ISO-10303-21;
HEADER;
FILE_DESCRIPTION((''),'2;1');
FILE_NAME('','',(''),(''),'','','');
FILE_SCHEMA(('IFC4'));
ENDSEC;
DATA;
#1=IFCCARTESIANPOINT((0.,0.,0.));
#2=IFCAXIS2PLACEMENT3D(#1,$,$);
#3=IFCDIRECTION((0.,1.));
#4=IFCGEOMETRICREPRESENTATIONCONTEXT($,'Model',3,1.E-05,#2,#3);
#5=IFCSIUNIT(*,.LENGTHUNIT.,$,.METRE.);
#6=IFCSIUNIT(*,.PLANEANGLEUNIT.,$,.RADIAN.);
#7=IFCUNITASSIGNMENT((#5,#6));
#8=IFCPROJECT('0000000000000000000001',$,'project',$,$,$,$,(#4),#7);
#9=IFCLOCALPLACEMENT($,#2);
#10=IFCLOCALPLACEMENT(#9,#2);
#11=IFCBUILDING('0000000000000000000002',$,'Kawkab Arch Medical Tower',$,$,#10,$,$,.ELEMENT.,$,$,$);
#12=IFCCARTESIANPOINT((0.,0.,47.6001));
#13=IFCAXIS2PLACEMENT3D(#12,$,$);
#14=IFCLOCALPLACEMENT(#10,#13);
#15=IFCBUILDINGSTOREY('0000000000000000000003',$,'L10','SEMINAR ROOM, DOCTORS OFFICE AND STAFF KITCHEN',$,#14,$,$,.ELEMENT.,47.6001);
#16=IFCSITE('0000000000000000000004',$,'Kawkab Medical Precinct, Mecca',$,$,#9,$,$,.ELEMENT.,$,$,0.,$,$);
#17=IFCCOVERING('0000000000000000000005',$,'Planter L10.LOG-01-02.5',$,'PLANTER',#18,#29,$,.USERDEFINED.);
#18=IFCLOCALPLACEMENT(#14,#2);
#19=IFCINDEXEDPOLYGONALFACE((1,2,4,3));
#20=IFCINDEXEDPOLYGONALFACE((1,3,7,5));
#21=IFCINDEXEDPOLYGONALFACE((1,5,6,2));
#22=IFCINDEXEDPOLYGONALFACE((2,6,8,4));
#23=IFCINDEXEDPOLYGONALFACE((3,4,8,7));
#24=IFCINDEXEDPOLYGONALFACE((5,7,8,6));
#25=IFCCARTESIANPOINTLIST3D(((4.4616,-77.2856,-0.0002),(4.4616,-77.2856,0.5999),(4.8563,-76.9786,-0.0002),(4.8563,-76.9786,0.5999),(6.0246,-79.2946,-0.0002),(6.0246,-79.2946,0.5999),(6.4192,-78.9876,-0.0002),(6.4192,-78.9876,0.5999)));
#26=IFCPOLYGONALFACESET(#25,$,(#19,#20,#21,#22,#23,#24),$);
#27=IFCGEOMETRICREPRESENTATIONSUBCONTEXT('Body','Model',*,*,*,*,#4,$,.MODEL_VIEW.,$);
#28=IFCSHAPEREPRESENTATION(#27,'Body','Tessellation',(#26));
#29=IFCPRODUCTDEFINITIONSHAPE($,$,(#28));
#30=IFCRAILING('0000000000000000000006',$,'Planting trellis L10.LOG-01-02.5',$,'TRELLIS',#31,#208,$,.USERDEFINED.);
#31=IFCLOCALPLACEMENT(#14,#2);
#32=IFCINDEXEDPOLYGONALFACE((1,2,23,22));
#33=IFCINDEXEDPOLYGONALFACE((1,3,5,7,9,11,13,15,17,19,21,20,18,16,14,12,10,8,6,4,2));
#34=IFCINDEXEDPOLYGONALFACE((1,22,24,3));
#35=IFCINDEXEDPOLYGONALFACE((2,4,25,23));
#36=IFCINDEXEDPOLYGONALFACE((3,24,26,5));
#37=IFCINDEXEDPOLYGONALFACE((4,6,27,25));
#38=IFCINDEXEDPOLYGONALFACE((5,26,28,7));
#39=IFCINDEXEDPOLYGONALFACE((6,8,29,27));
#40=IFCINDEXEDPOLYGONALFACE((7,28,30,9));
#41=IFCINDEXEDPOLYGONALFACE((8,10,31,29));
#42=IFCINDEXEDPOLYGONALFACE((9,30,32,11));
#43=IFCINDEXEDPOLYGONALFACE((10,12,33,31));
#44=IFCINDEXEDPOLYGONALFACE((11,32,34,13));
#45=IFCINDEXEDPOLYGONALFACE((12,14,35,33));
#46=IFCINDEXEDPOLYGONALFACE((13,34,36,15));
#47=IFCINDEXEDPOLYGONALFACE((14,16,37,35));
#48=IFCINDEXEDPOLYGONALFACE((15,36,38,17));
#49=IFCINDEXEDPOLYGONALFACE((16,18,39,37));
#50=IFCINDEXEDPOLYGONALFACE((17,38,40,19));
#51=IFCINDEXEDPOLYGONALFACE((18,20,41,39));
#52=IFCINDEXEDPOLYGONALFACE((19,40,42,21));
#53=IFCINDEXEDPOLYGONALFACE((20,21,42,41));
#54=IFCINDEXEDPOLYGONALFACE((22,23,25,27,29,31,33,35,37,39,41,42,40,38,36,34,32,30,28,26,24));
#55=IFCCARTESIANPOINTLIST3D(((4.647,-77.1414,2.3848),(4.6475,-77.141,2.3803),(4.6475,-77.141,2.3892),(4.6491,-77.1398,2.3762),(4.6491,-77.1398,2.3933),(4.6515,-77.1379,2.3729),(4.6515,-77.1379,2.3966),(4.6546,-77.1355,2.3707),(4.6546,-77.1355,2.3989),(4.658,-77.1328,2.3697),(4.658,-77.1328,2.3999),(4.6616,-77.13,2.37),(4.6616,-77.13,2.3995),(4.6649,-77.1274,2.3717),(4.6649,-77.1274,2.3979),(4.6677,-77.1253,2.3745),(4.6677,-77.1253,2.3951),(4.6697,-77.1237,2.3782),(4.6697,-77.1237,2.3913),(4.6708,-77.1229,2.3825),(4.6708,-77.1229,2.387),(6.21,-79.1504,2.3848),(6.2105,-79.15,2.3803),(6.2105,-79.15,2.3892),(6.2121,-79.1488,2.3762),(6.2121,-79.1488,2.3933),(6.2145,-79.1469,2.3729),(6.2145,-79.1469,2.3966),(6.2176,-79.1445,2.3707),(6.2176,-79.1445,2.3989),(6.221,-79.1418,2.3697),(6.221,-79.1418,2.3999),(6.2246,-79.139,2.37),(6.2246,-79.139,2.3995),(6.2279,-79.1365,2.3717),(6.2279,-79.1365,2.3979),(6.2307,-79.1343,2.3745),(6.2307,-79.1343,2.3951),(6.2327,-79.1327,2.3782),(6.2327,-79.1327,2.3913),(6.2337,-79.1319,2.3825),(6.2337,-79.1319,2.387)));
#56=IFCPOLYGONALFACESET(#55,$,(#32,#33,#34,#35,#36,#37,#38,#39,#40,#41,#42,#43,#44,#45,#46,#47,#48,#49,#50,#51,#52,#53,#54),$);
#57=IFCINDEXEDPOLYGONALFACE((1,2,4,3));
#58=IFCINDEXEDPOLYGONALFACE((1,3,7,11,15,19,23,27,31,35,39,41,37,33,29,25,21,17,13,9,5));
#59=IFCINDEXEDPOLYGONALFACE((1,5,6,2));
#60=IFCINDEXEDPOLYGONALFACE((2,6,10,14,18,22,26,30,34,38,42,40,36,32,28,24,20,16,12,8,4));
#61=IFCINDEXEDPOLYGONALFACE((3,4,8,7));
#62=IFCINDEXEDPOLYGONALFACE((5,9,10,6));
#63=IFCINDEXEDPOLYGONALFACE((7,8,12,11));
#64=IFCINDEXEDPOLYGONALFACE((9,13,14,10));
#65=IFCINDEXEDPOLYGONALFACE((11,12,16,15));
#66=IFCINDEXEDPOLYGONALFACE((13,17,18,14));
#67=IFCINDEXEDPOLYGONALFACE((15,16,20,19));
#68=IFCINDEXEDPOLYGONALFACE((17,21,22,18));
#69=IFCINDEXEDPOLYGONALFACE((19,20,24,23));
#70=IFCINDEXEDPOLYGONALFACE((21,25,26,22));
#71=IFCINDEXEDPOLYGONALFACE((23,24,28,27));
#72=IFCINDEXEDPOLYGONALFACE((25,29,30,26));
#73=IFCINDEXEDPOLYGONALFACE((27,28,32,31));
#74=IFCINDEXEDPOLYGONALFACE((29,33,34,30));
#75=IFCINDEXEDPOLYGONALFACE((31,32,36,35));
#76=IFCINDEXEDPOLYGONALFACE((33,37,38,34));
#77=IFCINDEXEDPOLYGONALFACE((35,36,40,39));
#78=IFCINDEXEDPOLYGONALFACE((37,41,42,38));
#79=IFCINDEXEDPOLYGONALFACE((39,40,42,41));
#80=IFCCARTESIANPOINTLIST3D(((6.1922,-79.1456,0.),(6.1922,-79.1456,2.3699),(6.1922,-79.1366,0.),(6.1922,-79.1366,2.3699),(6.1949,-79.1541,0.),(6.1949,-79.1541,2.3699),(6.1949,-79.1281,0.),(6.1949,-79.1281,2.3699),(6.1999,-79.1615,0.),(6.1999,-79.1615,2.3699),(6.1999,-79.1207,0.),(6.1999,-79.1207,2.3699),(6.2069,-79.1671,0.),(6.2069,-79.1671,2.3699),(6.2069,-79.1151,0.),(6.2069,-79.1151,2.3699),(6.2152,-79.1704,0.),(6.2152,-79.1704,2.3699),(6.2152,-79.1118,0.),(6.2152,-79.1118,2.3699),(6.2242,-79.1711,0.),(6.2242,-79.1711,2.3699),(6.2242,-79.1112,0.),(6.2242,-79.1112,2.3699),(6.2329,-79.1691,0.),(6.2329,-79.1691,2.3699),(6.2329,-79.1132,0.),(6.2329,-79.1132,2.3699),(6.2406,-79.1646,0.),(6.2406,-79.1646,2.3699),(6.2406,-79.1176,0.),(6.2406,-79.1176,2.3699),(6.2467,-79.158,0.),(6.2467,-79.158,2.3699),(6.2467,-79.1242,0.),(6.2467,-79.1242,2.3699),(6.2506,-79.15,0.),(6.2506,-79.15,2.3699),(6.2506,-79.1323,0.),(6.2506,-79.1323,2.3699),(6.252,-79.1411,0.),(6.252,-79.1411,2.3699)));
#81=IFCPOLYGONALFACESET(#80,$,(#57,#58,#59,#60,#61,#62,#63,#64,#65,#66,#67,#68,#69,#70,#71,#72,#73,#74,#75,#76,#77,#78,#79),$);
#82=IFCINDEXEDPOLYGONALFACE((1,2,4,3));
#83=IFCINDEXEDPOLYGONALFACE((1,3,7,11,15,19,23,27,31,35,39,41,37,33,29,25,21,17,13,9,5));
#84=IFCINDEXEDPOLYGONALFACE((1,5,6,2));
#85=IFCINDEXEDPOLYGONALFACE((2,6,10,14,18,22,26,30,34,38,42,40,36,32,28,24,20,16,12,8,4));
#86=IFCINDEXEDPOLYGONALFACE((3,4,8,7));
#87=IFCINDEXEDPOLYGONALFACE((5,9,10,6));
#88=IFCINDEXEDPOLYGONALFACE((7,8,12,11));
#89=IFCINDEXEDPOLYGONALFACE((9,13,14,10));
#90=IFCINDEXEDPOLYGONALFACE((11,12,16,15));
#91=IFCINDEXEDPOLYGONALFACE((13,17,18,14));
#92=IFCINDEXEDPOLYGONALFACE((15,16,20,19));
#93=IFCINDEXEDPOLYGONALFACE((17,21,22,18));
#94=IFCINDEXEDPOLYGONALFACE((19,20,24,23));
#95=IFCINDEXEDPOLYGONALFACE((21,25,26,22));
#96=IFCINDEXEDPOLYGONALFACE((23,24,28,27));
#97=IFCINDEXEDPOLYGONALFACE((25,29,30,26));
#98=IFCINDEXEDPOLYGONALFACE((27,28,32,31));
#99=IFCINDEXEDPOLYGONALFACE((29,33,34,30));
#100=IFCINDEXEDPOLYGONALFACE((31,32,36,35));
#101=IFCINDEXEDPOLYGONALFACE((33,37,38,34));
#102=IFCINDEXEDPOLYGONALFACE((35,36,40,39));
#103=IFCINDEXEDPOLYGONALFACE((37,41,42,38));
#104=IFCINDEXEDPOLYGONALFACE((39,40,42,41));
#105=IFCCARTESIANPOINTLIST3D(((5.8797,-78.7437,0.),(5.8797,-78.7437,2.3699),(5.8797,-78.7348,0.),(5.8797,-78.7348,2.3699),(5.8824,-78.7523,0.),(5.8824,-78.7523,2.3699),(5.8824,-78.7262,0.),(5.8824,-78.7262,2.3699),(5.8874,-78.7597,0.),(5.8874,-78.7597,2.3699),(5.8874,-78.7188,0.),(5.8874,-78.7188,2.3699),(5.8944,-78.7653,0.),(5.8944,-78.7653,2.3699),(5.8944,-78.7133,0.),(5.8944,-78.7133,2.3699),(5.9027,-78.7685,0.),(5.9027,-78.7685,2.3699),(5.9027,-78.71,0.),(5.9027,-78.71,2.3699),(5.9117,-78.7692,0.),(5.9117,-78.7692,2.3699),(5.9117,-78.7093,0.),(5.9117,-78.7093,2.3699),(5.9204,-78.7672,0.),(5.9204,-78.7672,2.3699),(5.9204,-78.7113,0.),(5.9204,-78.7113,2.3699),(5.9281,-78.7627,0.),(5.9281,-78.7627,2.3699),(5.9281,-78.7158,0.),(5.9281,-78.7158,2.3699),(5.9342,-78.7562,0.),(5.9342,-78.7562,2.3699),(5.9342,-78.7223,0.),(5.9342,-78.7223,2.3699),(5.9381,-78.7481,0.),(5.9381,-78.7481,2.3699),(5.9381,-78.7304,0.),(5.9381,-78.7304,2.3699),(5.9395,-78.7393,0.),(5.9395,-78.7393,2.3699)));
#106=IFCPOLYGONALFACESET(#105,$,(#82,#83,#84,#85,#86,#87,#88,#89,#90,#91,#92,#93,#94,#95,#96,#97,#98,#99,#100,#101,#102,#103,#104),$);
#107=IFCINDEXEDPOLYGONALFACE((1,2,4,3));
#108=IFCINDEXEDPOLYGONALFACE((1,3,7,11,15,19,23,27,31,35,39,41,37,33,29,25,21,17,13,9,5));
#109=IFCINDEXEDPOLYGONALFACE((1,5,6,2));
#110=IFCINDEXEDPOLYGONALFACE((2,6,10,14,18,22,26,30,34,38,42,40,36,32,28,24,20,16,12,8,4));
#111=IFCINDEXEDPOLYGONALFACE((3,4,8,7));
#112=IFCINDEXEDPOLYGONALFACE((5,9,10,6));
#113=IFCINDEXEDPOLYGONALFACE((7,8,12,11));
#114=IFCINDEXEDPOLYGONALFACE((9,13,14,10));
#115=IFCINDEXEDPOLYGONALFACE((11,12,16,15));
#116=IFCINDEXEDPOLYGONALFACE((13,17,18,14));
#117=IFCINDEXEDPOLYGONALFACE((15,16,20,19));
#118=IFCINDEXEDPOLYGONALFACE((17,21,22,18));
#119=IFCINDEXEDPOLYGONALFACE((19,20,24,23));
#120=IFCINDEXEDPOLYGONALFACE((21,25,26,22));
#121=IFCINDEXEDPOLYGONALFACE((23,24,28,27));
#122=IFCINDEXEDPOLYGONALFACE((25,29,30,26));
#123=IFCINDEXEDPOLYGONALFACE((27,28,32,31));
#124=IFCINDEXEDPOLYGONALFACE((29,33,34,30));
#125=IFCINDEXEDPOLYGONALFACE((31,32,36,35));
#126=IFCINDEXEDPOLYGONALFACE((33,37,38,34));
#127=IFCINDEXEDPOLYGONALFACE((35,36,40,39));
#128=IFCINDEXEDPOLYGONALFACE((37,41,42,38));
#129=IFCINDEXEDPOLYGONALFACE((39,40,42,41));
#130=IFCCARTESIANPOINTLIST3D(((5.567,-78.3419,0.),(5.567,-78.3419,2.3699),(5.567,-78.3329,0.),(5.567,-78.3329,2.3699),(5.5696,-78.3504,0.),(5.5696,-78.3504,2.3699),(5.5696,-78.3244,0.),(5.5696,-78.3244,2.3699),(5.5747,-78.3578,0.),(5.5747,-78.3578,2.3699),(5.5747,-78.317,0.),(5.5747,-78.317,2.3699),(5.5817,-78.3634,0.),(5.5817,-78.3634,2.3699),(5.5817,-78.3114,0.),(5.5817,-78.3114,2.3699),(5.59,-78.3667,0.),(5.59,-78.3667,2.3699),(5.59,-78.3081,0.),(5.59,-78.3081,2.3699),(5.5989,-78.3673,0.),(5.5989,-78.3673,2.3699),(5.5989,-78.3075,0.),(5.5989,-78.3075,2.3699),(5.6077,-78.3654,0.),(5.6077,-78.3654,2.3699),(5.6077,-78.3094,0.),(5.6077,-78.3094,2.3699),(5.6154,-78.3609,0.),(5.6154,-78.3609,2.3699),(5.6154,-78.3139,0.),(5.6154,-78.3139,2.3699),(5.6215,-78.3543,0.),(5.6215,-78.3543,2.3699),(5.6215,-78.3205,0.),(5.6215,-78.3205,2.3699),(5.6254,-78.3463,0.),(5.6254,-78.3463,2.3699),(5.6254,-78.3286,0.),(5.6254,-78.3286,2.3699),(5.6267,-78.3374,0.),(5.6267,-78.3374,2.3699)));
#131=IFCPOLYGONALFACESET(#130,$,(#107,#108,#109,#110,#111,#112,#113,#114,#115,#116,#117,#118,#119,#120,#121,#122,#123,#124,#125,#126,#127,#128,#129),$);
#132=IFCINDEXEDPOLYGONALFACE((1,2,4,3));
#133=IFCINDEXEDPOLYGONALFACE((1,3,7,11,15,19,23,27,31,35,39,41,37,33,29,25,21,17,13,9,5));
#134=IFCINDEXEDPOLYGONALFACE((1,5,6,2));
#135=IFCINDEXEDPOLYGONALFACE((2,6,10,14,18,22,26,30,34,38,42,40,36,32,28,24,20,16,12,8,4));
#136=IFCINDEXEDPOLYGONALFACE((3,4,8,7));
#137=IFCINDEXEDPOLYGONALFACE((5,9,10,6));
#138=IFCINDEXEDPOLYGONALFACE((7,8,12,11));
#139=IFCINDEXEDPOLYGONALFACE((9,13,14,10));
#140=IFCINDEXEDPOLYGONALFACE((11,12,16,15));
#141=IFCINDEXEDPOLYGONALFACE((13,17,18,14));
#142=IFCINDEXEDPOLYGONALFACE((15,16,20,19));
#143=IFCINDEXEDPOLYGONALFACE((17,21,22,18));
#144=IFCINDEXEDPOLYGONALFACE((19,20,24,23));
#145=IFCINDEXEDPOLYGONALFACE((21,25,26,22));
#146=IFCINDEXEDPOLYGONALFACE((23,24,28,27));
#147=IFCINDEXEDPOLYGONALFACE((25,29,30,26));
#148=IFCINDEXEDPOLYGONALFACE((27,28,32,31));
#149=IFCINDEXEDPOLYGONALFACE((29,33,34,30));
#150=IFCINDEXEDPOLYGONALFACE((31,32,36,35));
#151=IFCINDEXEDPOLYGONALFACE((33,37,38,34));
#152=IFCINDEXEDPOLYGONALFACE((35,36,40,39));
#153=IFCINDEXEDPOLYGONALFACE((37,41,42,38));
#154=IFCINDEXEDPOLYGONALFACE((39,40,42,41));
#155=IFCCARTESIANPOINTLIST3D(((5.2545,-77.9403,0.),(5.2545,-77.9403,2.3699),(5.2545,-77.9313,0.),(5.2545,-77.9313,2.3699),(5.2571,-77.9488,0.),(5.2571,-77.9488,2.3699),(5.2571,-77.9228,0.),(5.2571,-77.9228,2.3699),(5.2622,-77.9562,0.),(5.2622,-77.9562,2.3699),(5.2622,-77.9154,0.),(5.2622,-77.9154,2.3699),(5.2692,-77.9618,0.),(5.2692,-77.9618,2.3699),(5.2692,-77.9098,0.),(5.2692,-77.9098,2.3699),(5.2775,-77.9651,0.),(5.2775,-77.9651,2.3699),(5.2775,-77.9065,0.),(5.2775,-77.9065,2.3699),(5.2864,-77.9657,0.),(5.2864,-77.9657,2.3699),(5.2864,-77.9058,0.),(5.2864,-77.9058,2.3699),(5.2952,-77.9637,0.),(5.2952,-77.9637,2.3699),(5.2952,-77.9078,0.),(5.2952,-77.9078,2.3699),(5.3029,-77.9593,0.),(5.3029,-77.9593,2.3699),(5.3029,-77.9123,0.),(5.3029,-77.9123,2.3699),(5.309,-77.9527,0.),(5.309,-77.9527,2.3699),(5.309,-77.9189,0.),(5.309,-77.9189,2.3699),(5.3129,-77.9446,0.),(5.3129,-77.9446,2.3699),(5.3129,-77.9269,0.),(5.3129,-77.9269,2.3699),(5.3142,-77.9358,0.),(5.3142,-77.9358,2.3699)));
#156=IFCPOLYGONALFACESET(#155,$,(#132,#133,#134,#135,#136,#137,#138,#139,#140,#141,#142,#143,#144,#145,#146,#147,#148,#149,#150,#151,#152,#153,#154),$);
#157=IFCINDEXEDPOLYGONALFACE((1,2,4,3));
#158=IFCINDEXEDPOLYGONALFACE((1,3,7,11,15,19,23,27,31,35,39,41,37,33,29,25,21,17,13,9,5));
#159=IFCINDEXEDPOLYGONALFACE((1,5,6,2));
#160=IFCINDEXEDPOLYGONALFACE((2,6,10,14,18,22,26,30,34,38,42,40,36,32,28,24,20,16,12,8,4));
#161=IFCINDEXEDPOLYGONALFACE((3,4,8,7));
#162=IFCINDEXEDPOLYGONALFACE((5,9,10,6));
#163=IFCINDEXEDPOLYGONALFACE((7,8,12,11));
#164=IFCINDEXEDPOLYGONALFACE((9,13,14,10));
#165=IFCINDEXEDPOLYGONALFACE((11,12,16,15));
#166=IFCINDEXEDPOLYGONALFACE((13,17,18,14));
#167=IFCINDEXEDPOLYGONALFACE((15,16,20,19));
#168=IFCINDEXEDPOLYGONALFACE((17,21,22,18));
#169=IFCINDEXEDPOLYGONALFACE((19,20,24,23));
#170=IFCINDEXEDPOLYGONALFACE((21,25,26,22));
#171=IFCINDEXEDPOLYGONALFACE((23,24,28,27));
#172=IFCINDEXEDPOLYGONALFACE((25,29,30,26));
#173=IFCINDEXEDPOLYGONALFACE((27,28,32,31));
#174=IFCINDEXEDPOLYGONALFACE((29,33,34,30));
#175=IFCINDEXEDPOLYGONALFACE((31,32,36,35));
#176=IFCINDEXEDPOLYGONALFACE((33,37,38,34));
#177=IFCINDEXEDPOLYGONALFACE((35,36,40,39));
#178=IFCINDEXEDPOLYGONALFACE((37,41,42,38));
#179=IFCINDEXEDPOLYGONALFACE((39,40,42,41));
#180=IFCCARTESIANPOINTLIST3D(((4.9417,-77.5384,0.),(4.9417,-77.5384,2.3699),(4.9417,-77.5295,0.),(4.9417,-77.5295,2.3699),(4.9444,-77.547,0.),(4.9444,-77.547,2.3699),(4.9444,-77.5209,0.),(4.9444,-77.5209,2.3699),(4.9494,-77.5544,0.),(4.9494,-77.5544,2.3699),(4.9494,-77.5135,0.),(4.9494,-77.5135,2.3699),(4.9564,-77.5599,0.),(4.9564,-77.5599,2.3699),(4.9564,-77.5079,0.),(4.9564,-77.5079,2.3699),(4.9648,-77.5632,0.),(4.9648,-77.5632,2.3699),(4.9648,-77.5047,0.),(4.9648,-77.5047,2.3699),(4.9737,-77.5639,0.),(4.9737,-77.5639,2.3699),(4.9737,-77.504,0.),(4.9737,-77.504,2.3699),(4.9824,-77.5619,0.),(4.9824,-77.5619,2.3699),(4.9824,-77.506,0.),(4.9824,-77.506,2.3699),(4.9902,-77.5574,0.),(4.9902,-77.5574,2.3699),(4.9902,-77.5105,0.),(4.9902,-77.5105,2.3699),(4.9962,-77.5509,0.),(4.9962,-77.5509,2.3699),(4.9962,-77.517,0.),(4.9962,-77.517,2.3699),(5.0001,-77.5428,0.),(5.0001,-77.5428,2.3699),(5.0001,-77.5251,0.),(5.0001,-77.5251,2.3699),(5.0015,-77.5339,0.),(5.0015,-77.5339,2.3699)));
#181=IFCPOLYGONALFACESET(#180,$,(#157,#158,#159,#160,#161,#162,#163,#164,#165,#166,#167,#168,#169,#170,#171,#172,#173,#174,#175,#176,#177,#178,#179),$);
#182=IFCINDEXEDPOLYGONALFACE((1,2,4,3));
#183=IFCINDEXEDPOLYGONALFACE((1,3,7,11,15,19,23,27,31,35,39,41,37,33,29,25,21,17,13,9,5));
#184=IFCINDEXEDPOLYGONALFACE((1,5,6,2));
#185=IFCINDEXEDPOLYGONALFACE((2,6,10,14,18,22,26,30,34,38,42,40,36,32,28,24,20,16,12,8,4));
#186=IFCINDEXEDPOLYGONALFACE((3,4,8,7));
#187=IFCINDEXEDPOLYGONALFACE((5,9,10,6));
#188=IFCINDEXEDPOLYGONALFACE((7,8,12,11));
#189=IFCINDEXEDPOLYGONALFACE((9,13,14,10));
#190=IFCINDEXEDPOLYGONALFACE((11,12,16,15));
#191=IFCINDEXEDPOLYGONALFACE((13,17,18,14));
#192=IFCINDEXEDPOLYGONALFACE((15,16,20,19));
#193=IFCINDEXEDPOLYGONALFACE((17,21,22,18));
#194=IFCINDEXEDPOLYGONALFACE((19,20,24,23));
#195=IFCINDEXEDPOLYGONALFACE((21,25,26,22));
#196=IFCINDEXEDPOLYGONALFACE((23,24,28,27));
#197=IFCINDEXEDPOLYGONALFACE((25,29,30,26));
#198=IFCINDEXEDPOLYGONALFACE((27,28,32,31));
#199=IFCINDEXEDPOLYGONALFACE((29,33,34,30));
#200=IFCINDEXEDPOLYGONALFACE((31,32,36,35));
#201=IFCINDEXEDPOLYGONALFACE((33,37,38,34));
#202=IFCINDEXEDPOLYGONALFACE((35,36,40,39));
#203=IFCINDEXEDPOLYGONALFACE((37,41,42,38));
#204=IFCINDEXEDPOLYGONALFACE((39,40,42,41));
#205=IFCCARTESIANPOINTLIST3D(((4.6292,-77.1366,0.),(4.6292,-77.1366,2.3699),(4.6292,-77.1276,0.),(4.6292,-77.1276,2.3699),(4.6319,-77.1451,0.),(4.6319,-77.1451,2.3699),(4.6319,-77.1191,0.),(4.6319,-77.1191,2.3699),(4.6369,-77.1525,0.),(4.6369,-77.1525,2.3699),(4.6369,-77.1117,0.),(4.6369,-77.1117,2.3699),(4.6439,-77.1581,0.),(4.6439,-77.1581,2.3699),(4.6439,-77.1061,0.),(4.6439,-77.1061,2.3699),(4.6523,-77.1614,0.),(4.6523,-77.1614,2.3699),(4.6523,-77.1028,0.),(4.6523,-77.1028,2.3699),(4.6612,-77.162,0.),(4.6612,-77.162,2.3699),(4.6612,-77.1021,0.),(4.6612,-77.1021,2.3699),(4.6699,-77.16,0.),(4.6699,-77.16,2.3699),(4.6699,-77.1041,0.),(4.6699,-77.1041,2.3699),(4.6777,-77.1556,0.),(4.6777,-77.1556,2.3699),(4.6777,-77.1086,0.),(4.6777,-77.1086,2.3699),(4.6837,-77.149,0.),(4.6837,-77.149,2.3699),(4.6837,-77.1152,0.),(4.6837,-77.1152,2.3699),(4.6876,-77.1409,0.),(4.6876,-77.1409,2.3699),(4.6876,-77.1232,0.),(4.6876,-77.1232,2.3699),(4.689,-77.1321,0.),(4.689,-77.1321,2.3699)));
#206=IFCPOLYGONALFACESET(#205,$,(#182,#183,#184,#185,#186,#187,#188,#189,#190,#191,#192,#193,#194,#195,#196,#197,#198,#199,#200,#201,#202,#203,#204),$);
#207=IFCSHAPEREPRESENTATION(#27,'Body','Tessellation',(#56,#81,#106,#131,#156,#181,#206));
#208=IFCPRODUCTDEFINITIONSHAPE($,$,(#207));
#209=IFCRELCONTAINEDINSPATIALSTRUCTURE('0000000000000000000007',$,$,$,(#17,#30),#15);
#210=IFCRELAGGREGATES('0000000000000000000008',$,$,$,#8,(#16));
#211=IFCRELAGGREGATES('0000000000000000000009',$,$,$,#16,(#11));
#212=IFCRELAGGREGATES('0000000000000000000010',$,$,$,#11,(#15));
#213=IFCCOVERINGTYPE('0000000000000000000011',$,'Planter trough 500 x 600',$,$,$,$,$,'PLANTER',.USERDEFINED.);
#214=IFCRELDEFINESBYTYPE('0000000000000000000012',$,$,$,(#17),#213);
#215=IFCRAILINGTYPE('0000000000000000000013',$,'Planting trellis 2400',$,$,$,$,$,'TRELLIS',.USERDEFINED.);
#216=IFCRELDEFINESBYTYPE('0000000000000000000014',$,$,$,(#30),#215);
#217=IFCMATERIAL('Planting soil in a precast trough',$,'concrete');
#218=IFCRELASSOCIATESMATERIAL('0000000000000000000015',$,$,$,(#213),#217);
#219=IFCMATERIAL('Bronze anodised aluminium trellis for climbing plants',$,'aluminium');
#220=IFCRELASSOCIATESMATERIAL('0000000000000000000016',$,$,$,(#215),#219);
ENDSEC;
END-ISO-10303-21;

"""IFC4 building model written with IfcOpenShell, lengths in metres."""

from ifc_helpers import new_model, si_unit, direction, frame, origin, origin_2d, place, context, subcontext, project, spatial, rectangle, circle, extrude, material, material_profile, profile_set, type_object, element, save


model = new_model("IFC4")

# Units and contexts
model_context = context("Model", 3, precision=1e-05, world=origin(), true_north=direction((0.0, 1.0)))
body_context = subcontext(model_context, "Body", "Model", "MODEL_VIEW")
ifc_project = project(units=[si_unit("LENGTHUNIT", "METRE"), si_unit("PLANEANGLEUNIT", "RADIAN")], contexts=[model_context])

# Site, building, storey
site_placement = place(None, origin())
site = spatial("IfcSite", under=ifc_project, at=site_placement, Name="Kawkab Medical Precinct, Mecca", CompositionType="ELEMENT", RefElevation=0.0)
building_placement = place(site_placement, origin())
building = spatial("IfcBuilding", under=site, at=building_placement, Name="Kawkab Arch Medical Tower", CompositionType="ELEMENT")
storey_placement = place(building_placement, frame((0.0, 0.0, 47.6001)))
storey = spatial("IfcBuildingStorey", under=building, at=storey_placement, Name="L10", Description="SEMINAR ROOM, DOCTORS OFFICE AND STAFF KITCHEN", CompositionType="ELEMENT", Elevation=47.6001)

# Covering
ifc_material_1 = material(Name="Planting soil in a precast trough", Category="concrete")
ifc_material_profile_1 = material_profile(ifc_material_1, rectangle(XDim=0.5, YDim=0.6001, at=origin_2d()), Name="Trough 500x600")
ifc_profile_set_1 = profile_set([ifc_material_profile_1], Name="Planting soil in a precast trough")
covering_type = type_object("IfcCoveringType", Name="Planter trough 500 x 600", ElementType="PLANTER", PredefinedType="USERDEFINED", material=ifc_profile_set_1)
covering_1_placement = place(storey_placement, frame((6.2219, -79.1411, 0.2998), z_axis=(-0.61404, 0.789275, 0.0), x_axis=(-0.789275, -0.61404, 0.0)))
element("IfcCovering", 1, at=covering_1_placement, inside=storey, type_object=covering_type, Name="Planter L10.LOG-01-02.5", ObjectType="PLANTER", PredefinedType="USERDEFINED", context=body_context, shape_type="SweptSolid", body=[
    extrude(rectangle(XDim=0.5, YDim=0.6001, at=origin_2d()), origin(), (0.0, 0.0, 1.0), 2.5454),
])

# Railing
ifc_material_2 = material(Name="Bronze anodised aluminium trellis for climbing plants", Category="aluminium")
railing_type = type_object("IfcRailingType", Name="Planting trellis 2400", ElementType="TRELLIS", PredefinedType="USERDEFINED", material=ifc_material_2)
railing_placement = place(storey_placement, frame((6.2219, -79.1411, 0.0)))
element("IfcRailing", 2, at=railing_placement, inside=storey, type_object=railing_type, Name="Planting trellis L10.LOG-01-02.5", ObjectType="TRELLIS", PredefinedType="USERDEFINED", context=body_context, shape_type="SweptSolid", body=[
    extrude(circle(Radius=0.0151, at=origin_2d()), frame((0.0, 0.0, 2.3848), z_axis=(-0.61404, 0.789275, 0.0), x_axis=(-0.789275, -0.61404, 0.0)), (0.0, 0.0, 1.0), 2.5454),
    extrude(circle(Radius=0.03, at=origin_2d()), origin(), (0.0, 0.0, 1.0), 2.3699),
    extrude(circle(Radius=0.03, at=origin_2d()), frame((-0.3125, 0.4019, 0.0)), (0.0, 0.0, 1.0), 2.3699),
    extrude(circle(Radius=0.03, at=origin_2d()), frame((-0.6252, 0.8037, 0.0)), (0.0, 0.0, 1.0), 2.3699),
    extrude(circle(Radius=0.03, at=origin_2d()), frame((-0.9377, 1.2053, 0.0)), (0.0, 0.0, 1.0), 2.3699),
    extrude(circle(Radius=0.03, at=origin_2d()), frame((-1.2505, 1.6072, 0.0)), (0.0, 0.0, 1.0), 2.3699),
    extrude(circle(Radius=0.03, at=origin_2d()), frame((-1.563, 2.009, 0.0)), (0.0, 0.0, 1.0), 2.3699),
])

save(model, "model.ifc")
